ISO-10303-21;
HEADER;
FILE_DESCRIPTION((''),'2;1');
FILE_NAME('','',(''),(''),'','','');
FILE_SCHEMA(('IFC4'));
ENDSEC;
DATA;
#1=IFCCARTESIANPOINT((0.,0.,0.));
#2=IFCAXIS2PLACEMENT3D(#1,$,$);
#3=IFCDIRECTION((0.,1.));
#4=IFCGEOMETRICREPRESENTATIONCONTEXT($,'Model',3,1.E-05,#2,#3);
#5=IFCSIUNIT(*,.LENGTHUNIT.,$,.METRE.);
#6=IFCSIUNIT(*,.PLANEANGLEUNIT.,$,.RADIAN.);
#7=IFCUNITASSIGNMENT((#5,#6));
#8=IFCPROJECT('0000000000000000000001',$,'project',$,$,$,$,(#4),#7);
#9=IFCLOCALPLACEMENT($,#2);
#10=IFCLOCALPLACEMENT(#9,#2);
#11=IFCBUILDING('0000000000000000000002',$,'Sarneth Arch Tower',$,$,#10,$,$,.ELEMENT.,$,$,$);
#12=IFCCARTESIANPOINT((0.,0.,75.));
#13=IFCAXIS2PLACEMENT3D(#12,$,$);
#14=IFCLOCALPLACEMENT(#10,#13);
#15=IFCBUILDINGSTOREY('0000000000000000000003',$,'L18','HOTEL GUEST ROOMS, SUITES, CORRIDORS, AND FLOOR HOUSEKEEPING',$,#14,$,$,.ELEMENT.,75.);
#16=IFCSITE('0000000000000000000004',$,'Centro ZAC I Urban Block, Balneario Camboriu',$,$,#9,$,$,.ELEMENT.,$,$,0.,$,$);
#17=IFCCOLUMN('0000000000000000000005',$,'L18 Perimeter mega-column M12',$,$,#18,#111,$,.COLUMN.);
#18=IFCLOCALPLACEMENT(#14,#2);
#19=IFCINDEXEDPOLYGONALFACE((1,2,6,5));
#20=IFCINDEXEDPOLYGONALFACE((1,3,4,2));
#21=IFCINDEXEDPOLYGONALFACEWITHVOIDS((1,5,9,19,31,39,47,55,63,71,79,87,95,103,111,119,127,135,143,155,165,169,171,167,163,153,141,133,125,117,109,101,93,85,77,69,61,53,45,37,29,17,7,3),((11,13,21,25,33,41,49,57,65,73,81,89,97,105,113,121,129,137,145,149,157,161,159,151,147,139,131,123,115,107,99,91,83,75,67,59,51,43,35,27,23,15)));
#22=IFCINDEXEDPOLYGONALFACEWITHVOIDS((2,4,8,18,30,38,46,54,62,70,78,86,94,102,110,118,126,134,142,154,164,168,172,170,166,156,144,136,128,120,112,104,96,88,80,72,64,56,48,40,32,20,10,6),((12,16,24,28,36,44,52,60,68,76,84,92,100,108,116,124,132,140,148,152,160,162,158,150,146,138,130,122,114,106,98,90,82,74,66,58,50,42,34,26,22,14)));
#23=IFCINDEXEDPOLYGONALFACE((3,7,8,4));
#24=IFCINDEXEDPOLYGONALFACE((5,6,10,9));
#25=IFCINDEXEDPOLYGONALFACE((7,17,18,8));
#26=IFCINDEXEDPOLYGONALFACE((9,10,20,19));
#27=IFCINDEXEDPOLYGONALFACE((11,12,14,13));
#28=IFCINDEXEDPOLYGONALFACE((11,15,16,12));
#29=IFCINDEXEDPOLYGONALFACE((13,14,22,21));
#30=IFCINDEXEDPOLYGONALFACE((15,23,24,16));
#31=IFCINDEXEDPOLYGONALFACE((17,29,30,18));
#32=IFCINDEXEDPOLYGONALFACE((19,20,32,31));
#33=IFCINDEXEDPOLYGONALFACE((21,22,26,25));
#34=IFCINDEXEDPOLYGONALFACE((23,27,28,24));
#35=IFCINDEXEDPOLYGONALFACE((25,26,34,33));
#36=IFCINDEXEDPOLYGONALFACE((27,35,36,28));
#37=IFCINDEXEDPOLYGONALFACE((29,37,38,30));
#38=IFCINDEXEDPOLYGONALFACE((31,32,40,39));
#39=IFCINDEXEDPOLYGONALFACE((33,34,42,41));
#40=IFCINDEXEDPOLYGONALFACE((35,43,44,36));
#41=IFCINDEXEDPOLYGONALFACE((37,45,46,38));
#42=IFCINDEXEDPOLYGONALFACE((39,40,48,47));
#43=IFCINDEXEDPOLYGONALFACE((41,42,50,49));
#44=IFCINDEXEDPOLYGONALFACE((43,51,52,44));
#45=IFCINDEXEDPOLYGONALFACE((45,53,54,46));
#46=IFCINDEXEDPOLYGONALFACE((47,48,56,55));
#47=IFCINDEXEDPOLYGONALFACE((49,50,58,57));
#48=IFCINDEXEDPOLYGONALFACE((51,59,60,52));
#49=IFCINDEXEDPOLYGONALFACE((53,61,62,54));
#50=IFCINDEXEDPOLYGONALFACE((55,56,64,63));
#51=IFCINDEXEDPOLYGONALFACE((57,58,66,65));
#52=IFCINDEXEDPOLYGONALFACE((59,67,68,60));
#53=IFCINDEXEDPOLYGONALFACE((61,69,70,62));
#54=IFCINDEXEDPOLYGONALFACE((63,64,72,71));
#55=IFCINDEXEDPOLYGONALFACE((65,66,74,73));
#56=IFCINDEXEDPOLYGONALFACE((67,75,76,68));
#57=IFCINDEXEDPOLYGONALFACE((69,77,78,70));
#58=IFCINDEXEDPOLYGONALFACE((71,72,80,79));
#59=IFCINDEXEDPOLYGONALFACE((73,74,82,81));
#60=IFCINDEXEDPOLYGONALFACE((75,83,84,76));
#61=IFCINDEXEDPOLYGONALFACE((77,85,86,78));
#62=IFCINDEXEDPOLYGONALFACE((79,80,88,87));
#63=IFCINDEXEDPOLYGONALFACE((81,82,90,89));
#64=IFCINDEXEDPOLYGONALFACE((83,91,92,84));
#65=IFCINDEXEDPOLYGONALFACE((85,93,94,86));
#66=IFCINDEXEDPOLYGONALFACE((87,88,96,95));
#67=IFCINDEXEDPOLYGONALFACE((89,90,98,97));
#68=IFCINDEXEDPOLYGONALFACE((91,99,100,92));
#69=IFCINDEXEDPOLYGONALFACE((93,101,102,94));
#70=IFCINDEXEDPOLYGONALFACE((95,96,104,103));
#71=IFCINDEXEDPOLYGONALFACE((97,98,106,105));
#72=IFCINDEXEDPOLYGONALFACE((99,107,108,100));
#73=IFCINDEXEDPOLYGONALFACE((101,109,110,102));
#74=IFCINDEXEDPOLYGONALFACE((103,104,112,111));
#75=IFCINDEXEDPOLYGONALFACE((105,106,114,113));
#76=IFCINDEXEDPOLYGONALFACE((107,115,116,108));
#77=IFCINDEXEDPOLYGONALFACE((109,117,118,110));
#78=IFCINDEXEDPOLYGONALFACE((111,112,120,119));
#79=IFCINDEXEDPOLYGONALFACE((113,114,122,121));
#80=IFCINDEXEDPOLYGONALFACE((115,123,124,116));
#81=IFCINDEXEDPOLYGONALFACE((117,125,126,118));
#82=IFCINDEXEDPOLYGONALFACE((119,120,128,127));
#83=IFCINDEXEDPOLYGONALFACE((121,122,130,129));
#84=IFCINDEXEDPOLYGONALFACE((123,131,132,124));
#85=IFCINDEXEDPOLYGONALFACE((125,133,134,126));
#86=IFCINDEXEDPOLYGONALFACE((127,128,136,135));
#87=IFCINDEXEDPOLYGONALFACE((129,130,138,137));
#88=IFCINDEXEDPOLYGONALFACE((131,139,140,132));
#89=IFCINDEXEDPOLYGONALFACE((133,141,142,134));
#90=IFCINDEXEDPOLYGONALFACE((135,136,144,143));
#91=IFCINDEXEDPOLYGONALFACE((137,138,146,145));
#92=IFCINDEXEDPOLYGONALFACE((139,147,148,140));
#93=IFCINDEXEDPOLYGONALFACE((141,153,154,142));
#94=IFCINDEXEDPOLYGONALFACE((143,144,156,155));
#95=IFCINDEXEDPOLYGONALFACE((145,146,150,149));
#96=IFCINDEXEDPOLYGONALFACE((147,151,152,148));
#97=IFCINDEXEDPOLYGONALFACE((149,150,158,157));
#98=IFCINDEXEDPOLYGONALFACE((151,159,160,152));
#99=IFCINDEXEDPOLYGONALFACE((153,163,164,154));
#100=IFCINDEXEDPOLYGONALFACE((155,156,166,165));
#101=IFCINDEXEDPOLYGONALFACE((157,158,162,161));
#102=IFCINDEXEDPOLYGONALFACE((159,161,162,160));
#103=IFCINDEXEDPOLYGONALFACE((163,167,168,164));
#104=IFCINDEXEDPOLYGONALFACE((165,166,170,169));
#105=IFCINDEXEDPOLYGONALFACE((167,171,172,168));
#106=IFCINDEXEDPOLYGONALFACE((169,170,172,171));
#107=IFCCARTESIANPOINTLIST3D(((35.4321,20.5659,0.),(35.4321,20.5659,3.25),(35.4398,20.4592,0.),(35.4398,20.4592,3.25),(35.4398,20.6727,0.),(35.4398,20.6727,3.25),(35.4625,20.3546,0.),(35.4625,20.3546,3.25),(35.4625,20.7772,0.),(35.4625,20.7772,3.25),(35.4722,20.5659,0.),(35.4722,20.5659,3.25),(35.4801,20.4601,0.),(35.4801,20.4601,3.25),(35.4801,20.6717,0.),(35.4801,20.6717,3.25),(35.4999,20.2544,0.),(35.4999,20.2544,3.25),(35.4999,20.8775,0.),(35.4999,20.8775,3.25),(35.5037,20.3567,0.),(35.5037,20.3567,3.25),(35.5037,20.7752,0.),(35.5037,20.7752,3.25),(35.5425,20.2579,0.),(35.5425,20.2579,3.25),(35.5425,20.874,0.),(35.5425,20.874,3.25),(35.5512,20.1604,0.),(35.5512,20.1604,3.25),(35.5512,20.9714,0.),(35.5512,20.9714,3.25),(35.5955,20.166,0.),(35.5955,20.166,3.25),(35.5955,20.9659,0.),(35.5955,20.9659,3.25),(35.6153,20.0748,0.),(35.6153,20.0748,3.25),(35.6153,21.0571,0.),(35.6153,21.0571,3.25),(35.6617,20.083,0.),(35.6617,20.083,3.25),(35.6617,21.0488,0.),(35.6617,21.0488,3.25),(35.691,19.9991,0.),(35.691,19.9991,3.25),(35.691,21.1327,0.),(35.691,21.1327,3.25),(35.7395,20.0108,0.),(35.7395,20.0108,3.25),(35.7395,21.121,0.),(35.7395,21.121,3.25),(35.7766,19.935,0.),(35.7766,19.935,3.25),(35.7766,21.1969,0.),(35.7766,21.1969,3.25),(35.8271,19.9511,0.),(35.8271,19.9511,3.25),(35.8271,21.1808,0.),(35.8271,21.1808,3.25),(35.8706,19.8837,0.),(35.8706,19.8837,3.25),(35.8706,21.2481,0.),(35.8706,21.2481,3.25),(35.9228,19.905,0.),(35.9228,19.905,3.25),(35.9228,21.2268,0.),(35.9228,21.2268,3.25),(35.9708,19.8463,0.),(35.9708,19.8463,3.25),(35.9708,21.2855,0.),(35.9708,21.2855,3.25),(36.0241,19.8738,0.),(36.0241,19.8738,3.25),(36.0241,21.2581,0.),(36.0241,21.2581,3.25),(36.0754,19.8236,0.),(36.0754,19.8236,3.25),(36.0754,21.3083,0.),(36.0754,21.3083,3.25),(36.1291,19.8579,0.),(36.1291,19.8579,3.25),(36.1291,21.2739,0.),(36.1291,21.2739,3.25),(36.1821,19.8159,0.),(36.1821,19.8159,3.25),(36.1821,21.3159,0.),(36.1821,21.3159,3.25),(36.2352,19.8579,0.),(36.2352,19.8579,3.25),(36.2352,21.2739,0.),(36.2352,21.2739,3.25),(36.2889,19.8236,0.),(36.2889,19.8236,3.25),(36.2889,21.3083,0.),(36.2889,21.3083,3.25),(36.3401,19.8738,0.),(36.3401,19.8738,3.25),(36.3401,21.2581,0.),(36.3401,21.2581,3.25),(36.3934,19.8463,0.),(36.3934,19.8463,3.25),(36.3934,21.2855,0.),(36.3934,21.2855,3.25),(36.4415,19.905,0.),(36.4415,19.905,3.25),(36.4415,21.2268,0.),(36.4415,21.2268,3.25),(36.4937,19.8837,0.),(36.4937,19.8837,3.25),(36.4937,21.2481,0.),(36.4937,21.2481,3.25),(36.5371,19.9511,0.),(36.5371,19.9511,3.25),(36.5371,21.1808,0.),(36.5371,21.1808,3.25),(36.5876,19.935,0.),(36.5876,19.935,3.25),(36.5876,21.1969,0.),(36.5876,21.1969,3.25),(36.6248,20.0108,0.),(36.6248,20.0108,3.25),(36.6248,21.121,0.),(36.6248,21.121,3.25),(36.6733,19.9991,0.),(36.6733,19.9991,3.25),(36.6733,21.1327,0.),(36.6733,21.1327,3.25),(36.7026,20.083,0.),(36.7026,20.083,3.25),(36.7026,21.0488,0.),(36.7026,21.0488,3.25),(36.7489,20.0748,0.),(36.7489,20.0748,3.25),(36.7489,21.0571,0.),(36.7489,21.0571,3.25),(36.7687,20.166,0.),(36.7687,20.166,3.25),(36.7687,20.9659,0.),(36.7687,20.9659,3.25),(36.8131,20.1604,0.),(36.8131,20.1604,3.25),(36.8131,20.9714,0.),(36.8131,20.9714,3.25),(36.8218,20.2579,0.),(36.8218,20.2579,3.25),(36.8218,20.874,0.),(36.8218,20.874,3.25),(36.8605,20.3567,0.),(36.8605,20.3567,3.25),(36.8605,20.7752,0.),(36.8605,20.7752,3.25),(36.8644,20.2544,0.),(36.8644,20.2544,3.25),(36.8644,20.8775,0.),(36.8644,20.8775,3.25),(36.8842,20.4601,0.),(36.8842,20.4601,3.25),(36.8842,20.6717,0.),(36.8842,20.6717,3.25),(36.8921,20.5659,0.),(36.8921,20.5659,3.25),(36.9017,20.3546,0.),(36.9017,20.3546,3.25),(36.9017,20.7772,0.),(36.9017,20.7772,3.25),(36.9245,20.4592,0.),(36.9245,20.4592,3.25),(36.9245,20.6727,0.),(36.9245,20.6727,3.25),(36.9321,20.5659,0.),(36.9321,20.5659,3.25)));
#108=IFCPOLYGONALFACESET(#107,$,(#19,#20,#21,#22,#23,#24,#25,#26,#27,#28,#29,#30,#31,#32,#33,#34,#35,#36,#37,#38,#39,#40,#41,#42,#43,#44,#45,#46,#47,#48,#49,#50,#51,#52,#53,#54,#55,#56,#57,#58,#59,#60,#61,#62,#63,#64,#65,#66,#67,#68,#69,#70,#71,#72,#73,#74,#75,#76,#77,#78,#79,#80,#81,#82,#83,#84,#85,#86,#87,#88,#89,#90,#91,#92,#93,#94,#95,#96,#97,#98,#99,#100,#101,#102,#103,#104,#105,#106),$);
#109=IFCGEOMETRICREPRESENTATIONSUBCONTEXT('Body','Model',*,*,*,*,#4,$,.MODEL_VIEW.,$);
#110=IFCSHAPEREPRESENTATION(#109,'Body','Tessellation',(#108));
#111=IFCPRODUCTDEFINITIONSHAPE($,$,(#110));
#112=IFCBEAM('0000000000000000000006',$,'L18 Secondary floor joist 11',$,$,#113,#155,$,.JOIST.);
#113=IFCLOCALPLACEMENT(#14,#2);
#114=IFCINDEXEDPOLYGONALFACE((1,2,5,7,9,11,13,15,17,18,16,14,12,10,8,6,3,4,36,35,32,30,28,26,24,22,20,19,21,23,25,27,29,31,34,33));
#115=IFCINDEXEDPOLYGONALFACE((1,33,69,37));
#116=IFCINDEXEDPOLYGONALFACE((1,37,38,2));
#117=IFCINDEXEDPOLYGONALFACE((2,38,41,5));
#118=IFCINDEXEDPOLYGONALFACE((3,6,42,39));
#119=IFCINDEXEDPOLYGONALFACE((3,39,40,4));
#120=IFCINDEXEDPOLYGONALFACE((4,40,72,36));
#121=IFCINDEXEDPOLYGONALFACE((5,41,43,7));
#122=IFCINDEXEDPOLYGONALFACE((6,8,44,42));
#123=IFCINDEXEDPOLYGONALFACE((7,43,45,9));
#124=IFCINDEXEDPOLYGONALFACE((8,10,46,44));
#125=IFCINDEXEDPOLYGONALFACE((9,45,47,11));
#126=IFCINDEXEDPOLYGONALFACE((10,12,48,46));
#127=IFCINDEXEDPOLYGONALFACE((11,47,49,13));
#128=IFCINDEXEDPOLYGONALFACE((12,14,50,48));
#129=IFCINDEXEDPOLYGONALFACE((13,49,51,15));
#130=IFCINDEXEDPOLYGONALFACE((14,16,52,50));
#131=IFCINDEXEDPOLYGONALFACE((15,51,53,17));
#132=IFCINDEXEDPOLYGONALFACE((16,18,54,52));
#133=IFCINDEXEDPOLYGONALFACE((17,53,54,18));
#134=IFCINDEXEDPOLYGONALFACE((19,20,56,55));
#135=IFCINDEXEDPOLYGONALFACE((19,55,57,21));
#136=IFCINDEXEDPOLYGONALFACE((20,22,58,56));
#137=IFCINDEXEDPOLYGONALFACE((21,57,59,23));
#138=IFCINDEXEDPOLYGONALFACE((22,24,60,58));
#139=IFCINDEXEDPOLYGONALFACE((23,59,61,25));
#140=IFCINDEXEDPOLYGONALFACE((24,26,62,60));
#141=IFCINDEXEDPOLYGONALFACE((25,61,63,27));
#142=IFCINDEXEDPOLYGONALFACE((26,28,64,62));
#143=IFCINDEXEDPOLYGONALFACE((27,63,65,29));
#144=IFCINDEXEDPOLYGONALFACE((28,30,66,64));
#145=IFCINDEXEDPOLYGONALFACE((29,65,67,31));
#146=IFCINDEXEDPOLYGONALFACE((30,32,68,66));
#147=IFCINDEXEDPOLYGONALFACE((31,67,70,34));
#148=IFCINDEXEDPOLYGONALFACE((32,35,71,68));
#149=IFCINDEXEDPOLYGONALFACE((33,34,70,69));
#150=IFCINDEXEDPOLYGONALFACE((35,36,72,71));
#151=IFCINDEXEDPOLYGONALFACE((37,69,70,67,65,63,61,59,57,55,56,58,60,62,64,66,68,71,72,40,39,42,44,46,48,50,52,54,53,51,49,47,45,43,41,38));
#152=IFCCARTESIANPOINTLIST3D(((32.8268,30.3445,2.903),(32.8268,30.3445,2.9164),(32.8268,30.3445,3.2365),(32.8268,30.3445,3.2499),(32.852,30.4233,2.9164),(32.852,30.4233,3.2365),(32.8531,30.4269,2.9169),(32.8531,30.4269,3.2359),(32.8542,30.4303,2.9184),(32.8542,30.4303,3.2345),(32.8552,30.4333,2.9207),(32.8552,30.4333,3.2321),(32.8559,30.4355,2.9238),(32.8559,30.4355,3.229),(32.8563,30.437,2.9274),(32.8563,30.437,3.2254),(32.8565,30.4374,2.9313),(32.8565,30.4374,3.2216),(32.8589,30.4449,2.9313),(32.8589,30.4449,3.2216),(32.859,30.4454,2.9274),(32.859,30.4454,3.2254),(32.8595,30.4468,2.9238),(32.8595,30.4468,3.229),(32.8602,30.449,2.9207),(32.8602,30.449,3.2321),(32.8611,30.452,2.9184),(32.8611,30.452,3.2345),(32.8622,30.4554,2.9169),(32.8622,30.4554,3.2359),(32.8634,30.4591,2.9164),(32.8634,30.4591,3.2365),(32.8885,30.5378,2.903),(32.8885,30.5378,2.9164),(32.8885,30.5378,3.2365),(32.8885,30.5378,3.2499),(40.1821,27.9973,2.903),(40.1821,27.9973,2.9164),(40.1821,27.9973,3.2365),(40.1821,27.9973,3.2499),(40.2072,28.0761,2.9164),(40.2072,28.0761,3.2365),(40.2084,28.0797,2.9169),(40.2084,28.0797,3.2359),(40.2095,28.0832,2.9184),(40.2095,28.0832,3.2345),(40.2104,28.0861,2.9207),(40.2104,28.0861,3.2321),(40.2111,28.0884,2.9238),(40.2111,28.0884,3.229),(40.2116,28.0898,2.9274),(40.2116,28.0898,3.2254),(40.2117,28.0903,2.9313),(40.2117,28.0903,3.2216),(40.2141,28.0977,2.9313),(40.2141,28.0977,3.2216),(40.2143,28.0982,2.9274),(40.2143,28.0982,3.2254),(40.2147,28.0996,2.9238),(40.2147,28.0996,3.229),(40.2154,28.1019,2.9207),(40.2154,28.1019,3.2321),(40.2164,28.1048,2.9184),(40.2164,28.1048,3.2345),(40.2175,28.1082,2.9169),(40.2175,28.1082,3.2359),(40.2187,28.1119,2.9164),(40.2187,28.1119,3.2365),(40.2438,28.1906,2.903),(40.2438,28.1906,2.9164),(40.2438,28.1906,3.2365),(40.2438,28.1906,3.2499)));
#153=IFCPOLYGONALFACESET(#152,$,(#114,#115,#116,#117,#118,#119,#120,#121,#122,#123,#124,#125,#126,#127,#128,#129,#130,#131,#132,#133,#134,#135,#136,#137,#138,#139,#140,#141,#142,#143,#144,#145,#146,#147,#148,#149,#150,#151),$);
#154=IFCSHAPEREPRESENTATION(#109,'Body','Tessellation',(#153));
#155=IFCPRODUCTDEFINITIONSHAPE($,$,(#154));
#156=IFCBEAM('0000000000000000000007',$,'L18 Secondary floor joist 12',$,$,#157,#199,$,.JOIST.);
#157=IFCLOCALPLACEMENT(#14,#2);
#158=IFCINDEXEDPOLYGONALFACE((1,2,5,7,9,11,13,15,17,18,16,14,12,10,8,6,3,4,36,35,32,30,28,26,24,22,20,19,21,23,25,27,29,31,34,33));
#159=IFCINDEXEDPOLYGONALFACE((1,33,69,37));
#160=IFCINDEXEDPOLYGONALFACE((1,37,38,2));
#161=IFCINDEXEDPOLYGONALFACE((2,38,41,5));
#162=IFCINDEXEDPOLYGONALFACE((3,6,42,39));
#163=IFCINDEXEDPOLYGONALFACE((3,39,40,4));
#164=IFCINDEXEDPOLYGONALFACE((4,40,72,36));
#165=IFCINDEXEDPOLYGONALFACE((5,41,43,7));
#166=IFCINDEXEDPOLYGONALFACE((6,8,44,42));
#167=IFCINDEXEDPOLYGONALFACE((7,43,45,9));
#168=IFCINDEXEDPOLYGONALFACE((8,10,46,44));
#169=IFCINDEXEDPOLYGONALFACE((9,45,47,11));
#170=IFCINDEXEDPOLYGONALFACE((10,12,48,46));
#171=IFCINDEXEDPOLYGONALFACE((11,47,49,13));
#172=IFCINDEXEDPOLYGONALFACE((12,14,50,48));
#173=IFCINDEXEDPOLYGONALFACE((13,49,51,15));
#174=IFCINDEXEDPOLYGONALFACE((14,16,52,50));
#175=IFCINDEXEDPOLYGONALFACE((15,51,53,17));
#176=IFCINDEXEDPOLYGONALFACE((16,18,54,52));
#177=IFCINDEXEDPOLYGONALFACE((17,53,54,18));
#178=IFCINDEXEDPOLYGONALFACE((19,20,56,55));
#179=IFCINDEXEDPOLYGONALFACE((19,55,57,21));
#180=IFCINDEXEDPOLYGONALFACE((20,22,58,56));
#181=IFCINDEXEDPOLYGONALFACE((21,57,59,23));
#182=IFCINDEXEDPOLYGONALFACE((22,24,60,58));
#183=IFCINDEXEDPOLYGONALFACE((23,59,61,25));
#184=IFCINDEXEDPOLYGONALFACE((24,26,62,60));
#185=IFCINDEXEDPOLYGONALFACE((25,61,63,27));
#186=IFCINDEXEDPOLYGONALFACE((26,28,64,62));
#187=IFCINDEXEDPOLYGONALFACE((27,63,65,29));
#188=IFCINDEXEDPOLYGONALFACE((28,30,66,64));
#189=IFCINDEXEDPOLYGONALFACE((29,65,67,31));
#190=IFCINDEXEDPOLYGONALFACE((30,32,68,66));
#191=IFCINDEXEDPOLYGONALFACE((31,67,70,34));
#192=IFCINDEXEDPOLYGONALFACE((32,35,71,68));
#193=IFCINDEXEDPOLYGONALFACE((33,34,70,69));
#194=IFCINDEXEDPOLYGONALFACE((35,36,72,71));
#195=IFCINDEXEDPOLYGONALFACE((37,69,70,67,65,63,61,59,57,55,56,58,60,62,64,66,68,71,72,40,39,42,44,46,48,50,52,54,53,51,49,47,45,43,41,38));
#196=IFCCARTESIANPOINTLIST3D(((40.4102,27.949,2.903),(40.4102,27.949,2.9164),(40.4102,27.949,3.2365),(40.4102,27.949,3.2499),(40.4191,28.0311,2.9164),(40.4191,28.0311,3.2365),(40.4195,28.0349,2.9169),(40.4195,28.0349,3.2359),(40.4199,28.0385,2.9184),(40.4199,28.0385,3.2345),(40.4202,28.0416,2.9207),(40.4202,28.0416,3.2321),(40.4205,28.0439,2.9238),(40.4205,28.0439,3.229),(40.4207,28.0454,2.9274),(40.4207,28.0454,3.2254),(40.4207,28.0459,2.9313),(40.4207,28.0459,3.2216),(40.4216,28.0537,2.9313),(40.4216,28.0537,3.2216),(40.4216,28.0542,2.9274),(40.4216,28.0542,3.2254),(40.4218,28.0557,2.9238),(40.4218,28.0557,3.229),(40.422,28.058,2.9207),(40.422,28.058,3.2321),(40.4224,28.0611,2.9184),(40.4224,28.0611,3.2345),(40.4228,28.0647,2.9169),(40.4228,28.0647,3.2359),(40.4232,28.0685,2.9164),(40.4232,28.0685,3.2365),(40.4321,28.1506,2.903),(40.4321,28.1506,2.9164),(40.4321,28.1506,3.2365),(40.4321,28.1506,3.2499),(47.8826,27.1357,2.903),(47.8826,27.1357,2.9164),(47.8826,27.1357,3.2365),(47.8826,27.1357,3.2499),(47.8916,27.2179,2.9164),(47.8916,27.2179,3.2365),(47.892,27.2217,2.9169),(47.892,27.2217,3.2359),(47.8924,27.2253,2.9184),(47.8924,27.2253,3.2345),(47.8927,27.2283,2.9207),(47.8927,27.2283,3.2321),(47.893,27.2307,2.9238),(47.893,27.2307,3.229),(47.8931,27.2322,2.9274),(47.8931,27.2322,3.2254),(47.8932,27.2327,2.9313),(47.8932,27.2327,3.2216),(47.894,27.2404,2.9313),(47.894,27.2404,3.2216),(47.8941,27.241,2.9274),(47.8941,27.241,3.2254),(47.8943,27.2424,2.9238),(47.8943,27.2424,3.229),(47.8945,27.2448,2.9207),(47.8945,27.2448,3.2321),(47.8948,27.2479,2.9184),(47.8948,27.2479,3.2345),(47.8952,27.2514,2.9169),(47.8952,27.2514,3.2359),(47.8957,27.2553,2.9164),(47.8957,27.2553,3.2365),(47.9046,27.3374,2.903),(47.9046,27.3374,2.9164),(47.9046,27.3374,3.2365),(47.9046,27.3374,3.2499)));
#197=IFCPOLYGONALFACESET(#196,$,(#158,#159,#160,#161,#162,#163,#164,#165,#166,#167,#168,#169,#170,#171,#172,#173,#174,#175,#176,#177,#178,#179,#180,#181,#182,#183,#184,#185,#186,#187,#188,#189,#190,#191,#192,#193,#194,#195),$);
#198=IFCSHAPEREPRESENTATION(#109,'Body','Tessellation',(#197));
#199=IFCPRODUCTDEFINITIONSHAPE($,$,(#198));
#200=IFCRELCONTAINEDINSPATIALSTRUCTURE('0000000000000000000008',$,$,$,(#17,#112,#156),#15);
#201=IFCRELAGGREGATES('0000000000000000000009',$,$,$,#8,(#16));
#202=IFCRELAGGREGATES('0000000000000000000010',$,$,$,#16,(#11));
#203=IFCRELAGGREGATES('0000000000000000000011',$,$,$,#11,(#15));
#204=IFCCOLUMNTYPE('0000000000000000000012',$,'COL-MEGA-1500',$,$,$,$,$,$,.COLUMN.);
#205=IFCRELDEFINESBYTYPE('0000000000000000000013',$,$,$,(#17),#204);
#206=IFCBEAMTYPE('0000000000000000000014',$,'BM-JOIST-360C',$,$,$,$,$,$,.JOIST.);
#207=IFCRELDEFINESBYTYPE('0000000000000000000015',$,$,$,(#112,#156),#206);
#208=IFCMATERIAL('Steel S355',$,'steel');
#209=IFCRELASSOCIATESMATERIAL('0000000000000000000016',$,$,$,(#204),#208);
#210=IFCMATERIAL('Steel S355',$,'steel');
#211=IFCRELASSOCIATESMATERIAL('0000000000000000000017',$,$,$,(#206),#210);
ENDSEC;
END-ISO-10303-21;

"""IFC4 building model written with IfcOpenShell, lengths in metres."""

from ifc_helpers import new_model, si_unit, direction, frame, origin, origin_2d, place, context, subcontext, project, spatial, hollow_circle, i_section, extrude, material, material_profile, profile_set, type_object, element, save


model = new_model("IFC4")

# Units and contexts
model_context = context("Model", 3, precision=1e-05, world=origin(), true_north=direction((0.0, 1.0)))
body_context = subcontext(model_context, "Body", "Model", "MODEL_VIEW")
ifc_project = project(units=[si_unit("LENGTHUNIT", "METRE"), si_unit("PLANEANGLEUNIT", "RADIAN")], contexts=[model_context])

# Site, building, storey
site_placement = place(None, origin())
site = spatial("IfcSite", under=ifc_project, at=site_placement, Name="Centro ZAC I Urban Block, Balneario Camboriu", CompositionType="ELEMENT", RefElevation=0.0)
building_placement = place(site_placement, origin())
building = spatial("IfcBuilding", under=site, at=building_placement, Name="Sarneth Arch Tower", CompositionType="ELEMENT")
storey_placement = place(building_placement, frame((0.0, 0.0, 75.0)))
storey = spatial("IfcBuildingStorey", under=building, at=storey_placement, Name="L18", Description="HOTEL GUEST ROOMS, SUITES, CORRIDORS, AND FLOOR HOUSEKEEPING", CompositionType="ELEMENT", Elevation=75.0)

# Column
ifc_material_1 = material(Name="Steel S355", Category="steel")
ifc_material_profile_1 = material_profile(ifc_material_1, hollow_circle(Radius=0.75, WallThickness=0.04, at=origin_2d()), Name="CHS1500x40")
ifc_profile_set_1 = profile_set([ifc_material_profile_1], Name="Steel S355")
column_type = type_object("IfcColumnType", Name="COL-MEGA-1500", PredefinedType="COLUMN", material=ifc_profile_set_1)
column_placement = place(storey_placement, frame((36.1821, 20.5659, 0.0), z_axis=(0.0, 0.0, 1.0), x_axis=(1.0, 0.0, 0.0)))
element("IfcColumn", 1, at=column_placement, inside=storey, type_object=column_type, Name="L18 Perimeter mega-column M12", PredefinedType="COLUMN", context=body_context, shape_type="SweptSolid", body=[
    extrude(hollow_circle(Radius=0.75, WallThickness=0.04, at=origin_2d()), origin(), (0.0, 0.0, 1.0), 3.25),
])

# Beams
ifc_material_2 = material(Name="Steel S355", Category="steel")
ifc_material_profile_2 = material_profile(ifc_material_2, i_section(OverallWidth=0.2029, OverallDepth=0.3469, WebThickness=0.0078, FlangeThickness=0.0134, FilletRadius=0.0149, at=origin_2d()), Name="W360x64")
ifc_profile_set_2 = profile_set([ifc_material_profile_2], Name="Steel S355")
beam_type_1 = type_object("IfcBeamType", Name="BM-JOIST-360C", PredefinedType="JOIST", material=ifc_profile_set_2)
beam_1_placement = place(storey_placement, frame((32.8577, 30.4412, 3.0764), z_axis=(0.952668, -0.304011, 0.0), x_axis=(0.304011, 0.952668, 0.0)))
element("IfcBeam", 2, at=beam_1_placement, inside=storey, type_object=beam_type_1, Name="L18 Secondary floor joist 11", PredefinedType="JOIST", context=body_context, shape_type="SweptSolid", body=[
    extrude(i_section(OverallWidth=0.2029, OverallDepth=0.3469, WebThickness=0.0078, FlangeThickness=0.0134, FilletRadius=0.0149, at=origin_2d()), origin(), (0.0, 0.0, 1.0), 7.7207),
])
beam_2_placement = place(storey_placement, frame((40.4211, 28.0498, 3.0764), z_axis=(0.99413, -0.108192, 0.0), x_axis=(0.108192, 0.99413, 0.0)))
element("IfcBeam", 3, at=beam_2_placement, inside=storey, type_object=beam_type_1, Name="L18 Secondary floor joist 12", PredefinedType="JOIST", context=body_context, shape_type="SweptSolid", body=[
    extrude(i_section(OverallWidth=0.2029, OverallDepth=0.3469, WebThickness=0.0078, FlangeThickness=0.0134, FilletRadius=0.0149, at=origin_2d()), origin(), (0.0, 0.0, 1.0), 7.5166),
])

save(model, "model.ifc")
